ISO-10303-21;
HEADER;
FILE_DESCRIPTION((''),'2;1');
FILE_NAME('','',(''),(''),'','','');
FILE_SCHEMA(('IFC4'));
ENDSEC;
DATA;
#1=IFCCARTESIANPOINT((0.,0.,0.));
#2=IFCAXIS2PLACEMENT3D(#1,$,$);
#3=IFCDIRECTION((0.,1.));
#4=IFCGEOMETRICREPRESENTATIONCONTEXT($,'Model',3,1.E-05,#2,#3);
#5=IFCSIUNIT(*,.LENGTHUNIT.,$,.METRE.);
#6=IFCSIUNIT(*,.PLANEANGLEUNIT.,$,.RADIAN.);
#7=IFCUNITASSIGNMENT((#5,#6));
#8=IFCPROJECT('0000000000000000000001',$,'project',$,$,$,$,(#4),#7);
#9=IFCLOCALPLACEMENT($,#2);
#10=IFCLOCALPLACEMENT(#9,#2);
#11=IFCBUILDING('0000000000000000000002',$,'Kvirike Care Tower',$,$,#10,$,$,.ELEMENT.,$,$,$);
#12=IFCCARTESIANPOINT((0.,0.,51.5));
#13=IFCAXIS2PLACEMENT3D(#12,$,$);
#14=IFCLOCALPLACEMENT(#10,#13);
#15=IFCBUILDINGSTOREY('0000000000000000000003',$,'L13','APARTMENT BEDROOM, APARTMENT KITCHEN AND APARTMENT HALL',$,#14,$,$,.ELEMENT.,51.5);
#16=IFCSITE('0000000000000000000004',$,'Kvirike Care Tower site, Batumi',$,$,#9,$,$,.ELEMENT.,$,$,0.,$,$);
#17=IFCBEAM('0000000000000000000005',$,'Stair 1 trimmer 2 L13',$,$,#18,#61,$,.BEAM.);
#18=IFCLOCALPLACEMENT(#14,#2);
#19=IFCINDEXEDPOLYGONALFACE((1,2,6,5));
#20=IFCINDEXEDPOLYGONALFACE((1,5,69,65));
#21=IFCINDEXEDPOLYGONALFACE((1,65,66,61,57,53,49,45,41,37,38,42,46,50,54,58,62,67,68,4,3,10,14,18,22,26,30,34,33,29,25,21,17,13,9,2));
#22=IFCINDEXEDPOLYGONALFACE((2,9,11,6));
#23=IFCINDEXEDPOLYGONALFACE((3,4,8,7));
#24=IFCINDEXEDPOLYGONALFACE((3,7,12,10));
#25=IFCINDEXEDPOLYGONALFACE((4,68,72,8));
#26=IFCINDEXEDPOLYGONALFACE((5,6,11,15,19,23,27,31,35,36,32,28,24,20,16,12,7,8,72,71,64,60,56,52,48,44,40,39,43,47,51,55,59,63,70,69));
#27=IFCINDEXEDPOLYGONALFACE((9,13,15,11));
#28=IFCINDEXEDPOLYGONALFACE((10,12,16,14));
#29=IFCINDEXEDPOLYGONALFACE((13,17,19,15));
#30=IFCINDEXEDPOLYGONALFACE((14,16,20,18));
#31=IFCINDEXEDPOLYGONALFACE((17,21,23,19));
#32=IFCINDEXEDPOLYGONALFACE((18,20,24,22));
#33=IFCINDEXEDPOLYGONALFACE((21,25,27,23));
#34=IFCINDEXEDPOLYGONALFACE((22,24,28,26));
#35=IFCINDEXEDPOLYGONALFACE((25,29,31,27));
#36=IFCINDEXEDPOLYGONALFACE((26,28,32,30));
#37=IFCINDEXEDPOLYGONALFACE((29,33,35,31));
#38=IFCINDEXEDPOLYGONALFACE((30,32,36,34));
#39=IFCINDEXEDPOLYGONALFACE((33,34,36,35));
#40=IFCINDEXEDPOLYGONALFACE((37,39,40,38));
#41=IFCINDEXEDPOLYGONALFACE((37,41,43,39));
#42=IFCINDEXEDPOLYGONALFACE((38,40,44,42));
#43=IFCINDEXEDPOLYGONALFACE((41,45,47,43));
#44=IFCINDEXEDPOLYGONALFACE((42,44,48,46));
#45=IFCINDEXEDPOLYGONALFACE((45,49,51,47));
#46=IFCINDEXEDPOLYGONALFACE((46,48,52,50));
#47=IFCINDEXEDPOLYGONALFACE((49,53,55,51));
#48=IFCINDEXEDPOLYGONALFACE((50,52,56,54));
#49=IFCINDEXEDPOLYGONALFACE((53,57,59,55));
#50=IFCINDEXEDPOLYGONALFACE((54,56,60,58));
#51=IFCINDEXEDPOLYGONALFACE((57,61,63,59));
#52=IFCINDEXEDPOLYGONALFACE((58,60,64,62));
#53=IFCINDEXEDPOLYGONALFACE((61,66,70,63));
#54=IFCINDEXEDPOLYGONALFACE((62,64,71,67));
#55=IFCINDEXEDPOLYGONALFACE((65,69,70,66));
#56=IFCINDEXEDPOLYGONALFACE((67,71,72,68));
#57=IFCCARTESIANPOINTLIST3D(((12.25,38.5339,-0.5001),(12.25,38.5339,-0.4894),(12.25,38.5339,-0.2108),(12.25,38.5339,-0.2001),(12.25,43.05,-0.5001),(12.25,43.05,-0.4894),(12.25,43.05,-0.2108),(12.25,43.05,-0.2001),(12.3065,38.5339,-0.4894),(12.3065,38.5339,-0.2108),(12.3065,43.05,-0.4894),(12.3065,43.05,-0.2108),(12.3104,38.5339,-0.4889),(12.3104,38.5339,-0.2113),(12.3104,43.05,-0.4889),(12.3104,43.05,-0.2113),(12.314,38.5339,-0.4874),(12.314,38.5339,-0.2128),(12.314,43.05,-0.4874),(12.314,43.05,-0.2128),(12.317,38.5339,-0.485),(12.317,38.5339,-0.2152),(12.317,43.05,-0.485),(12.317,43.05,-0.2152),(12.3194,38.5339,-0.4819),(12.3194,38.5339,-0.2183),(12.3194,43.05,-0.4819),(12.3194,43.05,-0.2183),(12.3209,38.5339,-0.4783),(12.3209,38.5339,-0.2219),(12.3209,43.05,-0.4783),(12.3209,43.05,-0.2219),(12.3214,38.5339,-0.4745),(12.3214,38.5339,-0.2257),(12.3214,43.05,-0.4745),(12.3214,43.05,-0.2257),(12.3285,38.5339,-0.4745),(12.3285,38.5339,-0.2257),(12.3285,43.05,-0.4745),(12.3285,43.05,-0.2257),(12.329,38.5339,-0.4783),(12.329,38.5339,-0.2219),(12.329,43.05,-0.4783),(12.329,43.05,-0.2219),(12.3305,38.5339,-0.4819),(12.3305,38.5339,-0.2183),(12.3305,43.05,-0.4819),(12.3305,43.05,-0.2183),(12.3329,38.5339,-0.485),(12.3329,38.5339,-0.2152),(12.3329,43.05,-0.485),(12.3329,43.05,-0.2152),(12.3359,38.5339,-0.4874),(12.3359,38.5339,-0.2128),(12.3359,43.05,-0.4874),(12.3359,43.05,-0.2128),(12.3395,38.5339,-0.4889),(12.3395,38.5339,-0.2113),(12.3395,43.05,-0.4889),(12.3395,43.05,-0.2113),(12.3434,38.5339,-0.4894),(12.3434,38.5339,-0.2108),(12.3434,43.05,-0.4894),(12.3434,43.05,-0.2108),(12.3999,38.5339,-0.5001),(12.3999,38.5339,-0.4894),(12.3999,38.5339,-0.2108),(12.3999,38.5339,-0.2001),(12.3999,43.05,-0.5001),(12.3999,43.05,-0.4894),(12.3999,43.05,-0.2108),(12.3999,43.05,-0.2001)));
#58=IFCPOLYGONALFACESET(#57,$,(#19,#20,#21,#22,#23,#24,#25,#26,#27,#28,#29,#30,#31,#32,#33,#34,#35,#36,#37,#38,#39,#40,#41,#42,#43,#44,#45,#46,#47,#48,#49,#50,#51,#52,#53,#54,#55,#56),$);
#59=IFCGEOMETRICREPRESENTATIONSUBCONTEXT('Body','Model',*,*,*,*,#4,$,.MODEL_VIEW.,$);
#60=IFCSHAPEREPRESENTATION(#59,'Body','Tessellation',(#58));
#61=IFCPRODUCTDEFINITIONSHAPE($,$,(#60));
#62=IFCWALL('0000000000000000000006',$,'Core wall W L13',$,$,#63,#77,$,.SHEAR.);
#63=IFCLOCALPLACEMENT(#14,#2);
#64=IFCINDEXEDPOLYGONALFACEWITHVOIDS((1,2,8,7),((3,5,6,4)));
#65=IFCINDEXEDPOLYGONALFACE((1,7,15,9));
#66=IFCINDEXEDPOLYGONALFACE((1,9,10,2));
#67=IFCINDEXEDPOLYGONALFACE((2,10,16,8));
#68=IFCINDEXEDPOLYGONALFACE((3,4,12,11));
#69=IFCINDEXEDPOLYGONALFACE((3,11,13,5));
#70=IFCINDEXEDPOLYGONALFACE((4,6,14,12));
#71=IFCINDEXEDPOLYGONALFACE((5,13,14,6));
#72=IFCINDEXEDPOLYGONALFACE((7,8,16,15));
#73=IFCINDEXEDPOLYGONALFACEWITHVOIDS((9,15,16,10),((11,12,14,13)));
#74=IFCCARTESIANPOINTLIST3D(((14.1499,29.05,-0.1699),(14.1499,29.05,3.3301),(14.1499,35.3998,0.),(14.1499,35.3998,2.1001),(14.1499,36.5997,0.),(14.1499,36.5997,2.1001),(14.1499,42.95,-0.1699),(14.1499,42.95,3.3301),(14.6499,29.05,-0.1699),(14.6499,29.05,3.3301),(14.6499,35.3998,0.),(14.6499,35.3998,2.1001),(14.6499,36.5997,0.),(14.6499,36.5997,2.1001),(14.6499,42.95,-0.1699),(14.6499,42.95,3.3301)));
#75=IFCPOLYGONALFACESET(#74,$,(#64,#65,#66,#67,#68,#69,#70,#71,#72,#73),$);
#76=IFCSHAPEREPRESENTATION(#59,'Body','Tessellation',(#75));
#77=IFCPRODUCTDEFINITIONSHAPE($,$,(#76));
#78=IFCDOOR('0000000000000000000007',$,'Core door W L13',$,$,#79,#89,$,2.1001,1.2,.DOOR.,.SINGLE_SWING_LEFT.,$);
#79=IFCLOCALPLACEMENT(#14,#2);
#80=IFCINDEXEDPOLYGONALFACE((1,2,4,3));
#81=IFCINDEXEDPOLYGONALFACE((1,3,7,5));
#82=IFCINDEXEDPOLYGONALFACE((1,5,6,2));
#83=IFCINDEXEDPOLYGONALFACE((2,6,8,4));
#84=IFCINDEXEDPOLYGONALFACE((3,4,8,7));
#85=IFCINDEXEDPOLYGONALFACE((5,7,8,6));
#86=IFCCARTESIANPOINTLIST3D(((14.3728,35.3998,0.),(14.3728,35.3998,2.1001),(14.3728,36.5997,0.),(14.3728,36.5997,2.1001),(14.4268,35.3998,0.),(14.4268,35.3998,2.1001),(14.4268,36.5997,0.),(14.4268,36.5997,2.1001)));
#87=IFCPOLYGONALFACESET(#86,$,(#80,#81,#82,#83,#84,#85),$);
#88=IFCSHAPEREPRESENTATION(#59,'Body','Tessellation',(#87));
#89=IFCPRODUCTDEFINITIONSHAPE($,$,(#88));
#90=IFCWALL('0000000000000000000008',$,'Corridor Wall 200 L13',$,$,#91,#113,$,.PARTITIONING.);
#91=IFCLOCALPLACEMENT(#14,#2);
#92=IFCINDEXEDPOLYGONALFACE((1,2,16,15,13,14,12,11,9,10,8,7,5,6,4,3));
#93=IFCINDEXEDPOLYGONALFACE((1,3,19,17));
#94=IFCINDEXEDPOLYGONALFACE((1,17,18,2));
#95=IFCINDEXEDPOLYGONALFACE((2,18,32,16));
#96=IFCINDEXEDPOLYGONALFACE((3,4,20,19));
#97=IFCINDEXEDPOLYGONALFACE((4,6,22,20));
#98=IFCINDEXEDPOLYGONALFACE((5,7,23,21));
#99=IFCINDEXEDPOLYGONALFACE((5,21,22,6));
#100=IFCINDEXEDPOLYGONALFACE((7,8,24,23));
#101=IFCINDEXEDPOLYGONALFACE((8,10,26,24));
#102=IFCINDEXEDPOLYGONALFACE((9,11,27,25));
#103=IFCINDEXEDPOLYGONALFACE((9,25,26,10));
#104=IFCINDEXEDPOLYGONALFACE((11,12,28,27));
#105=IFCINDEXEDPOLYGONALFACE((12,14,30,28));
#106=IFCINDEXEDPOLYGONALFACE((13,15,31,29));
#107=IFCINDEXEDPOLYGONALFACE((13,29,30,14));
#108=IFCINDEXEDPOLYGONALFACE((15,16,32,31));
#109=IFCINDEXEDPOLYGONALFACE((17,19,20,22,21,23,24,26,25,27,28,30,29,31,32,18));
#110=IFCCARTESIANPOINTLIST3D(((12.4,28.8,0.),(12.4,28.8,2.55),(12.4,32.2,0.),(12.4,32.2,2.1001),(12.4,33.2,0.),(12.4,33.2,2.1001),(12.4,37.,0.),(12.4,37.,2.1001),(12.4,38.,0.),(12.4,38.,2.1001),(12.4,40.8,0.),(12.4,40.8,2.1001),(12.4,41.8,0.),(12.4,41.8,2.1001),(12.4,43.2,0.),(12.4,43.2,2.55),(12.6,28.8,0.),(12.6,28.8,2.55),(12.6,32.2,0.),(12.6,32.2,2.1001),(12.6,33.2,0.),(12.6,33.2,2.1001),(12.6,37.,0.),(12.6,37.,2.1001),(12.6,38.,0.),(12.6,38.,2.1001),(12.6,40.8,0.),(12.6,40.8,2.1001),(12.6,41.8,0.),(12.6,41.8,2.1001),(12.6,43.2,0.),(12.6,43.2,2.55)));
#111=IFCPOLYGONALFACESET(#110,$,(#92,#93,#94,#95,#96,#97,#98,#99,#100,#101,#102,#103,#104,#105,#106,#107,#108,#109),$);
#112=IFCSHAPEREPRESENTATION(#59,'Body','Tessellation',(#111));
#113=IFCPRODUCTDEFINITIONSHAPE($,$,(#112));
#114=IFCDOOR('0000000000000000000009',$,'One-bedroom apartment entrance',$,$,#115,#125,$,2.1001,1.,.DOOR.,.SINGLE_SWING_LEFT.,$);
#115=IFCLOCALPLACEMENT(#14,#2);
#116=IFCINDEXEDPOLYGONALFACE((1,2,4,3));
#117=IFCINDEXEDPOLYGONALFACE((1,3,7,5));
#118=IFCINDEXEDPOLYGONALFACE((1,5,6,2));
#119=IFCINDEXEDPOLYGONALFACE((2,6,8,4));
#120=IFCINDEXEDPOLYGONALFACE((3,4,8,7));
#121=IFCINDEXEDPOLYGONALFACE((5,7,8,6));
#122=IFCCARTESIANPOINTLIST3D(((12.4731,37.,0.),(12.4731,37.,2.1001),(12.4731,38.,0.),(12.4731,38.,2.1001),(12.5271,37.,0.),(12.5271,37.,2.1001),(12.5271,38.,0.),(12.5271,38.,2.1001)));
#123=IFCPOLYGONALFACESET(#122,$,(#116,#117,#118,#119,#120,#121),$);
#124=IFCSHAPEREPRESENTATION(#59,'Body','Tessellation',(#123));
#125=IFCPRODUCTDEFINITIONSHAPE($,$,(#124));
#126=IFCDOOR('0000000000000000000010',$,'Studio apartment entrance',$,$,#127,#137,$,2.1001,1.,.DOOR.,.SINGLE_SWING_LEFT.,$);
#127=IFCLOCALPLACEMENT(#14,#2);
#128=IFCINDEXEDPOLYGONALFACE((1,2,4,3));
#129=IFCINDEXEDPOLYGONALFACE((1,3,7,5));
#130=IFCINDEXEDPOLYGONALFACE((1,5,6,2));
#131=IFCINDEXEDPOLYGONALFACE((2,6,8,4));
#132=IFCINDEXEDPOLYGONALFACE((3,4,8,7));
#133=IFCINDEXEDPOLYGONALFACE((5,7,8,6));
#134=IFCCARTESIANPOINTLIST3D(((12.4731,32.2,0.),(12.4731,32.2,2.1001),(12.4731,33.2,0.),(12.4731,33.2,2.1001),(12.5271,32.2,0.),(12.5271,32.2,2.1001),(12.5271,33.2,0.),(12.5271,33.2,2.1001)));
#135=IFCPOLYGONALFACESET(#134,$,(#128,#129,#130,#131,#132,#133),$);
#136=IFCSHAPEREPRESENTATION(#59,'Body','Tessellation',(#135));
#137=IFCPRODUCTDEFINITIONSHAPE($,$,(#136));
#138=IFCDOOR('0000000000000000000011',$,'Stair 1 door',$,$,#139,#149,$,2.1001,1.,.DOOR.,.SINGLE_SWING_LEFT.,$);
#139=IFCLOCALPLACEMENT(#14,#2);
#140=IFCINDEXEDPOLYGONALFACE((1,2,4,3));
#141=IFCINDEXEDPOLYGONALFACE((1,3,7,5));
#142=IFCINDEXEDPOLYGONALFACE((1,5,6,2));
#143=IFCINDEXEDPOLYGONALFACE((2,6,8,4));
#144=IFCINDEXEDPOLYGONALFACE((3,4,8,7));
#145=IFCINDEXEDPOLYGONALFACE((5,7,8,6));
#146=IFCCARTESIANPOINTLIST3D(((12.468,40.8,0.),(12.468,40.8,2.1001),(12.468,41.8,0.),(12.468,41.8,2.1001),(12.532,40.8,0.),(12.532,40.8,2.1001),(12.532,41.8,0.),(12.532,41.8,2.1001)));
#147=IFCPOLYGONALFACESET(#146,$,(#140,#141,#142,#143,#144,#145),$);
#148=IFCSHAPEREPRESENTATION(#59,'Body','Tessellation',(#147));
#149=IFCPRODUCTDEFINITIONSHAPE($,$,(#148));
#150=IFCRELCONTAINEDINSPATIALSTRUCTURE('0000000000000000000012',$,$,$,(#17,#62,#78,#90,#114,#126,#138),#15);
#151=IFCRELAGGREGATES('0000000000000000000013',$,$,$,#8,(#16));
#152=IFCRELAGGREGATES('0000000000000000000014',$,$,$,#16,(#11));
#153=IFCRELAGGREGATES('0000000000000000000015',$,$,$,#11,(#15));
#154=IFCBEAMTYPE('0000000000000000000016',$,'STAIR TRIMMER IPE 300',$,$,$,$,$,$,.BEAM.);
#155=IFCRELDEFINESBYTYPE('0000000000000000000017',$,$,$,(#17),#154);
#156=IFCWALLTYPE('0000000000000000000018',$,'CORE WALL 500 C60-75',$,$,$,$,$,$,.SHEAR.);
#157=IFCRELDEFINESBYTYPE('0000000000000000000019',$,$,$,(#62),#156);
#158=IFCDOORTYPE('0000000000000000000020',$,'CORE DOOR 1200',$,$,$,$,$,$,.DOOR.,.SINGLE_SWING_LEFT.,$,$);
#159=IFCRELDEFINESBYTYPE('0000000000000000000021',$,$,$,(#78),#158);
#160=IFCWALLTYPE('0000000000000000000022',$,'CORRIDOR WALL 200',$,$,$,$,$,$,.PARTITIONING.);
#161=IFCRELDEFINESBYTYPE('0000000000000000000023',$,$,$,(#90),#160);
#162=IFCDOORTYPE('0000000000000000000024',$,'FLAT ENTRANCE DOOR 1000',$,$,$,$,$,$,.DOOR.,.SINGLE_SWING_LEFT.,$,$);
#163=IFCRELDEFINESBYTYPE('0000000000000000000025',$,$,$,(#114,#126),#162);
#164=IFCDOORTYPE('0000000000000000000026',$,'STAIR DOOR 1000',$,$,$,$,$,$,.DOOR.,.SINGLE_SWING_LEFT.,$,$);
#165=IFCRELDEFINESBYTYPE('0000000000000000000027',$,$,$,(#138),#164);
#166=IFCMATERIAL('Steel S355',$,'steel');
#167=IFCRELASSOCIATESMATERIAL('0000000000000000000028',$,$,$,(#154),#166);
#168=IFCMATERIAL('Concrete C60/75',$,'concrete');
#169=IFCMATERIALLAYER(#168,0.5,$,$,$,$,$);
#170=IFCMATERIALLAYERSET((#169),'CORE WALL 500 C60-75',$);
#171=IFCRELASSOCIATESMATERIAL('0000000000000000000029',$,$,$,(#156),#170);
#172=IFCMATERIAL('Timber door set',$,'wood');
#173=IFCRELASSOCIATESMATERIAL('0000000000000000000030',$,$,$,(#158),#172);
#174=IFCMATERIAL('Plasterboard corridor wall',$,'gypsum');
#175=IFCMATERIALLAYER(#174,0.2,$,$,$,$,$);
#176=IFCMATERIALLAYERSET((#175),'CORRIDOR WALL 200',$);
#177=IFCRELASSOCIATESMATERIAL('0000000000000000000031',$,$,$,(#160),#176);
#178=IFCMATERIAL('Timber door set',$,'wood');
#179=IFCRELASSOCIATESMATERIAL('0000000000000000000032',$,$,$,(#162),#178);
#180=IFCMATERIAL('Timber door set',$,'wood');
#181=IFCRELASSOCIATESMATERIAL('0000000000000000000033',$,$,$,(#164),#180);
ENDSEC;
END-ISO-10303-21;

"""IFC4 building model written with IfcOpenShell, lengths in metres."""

from ifc_helpers import new_model, si_unit, direction, frame, frame_2d, origin, origin_2d, place, context, subcontext, project, spatial, rectangle, i_section, extrude, material, layer, layer_set, material_profile, profile_set, type_object, element, fill, save


model = new_model("IFC4")

# Units and contexts
model_context = context("Model", 3, precision=1e-05, world=origin(), true_north=direction((0.0, 1.0)))
body_context = subcontext(model_context, "Body", "Model", "MODEL_VIEW")
ifc_project = project(units=[si_unit("LENGTHUNIT", "METRE"), si_unit("PLANEANGLEUNIT", "RADIAN")], contexts=[model_context])

# Site, building, storey
site_placement = place(None, origin())
site = spatial("IfcSite", under=ifc_project, at=site_placement, Name="Kvirike Care Tower site, Batumi", CompositionType="ELEMENT", RefElevation=0.0)
building_placement = place(site_placement, origin())
building = spatial("IfcBuilding", under=site, at=building_placement, Name="Kvirike Care Tower", CompositionType="ELEMENT")
storey_placement = place(building_placement, frame((0.0, 0.0, 51.5)))
storey = spatial("IfcBuildingStorey", under=building, at=storey_placement, Name="L13", Description="APARTMENT BEDROOM, APARTMENT KITCHEN AND APARTMENT HALL", CompositionType="ELEMENT", Elevation=51.5)

# Beam
ifc_material_1 = material(Name="Steel S355", Category="steel")
ifc_material_profile_1 = material_profile(ifc_material_1, i_section(OverallWidth=0.1499, OverallDepth=0.3, WebThickness=0.0071, FlangeThickness=0.0107, FilletRadius=0.0149, at=origin_2d()), Name="IPE 300")
ifc_profile_set_1 = profile_set([ifc_material_profile_1], Name="Steel S355")
beam_type_1 = type_object("IfcBeamType", Name="STAIR TRIMMER IPE 300", PredefinedType="BEAM", material=ifc_profile_set_1)
for number, where, z_axis, x_axis, name in (
    (1, (12.325, 43.05, -0.3501), (0.0, -1.0, 0.0), (1.0, 0.0, 0.0), "Stair 1 trimmer 2 L13"),
):
    element("IfcBeam", number, at=place(storey_placement, frame(where, z_axis=z_axis, x_axis=x_axis)), inside=storey, type_object=beam_type_1, Name=name, PredefinedType="BEAM", context=body_context, shape_type="SweptSolid", body=[
        extrude(i_section(OverallWidth=0.1499, OverallDepth=0.3, WebThickness=0.0071, FlangeThickness=0.0107, FilletRadius=0.0149, at=origin_2d()), origin(), (0.0, 0.0, 1.0), 4.5161),
    ])

# Wall, opening, door
ifc_material_2 = material(Name="Concrete C60/75", Category="concrete")
ifc_layer_1 = layer(ifc_material_2, 0.5)
ifc_layer_set_1 = layer_set([ifc_layer_1], Name="CORE WALL 500 C60-75")
wall_type_1 = type_object("IfcWallType", Name="CORE WALL 500 C60-75", PredefinedType="SHEAR", material=ifc_layer_set_1)
wall_1_placement = place(storey_placement, frame((14.3999, 42.95, -0.1699), z_axis=(0.0, 0.0, 1.0), x_axis=(0.0, -1.0, 0.0)))
wall_1 = element("IfcWall", 2, at=wall_1_placement, inside=storey, type_object=wall_type_1, Name="Core wall W L13", PredefinedType="SHEAR", context=body_context, shape_type="SweptSolid", body=[
    extrude(rectangle(XDim=13.8999, YDim=0.5, at=frame_2d((6.95, 0.0))), origin(), (0.0, 0.0, 1.0), 3.5),
])
opening_1_placement = place(wall_1_placement, frame((6.3501, 0.0, 0.1699)))
opening_1 = element("IfcOpeningElement", 3, at=opening_1_placement, cuts=wall_1, PredefinedType="OPENING", context=body_context, shape_type="SweptSolid", body=[
    extrude(rectangle(XDim=1.2, YDim=2.1001, at=frame_2d((0.6001, 1.05))), frame((0.0, 0.2605, 0.0), z_axis=(0.0, -1.0, 0.0), x_axis=(1.0, 0.0, 0.0)), (0.0, 0.0, 1.0), 0.521),
])
ifc_material_3 = material(Name="Timber door set", Category="wood")
door_type_1 = type_object("IfcDoorType", Name="CORE DOOR 1200", OperationType="SINGLE_SWING_LEFT", PredefinedType="DOOR", material=ifc_material_3)
door_1_placement = place(opening_1_placement, origin())
door_1 = element("IfcDoor", 4, at=door_1_placement, inside=storey, type_object=door_type_1, Name="Core door W L13", OperationType="SINGLE_SWING_LEFT", OverallHeight=2.1001, OverallWidth=1.2, PredefinedType="DOOR", context=body_context, shape_type="SweptSolid", body=[
    extrude(rectangle(XDim=1.2, YDim=2.1001, at=frame_2d((0.6001, 1.05))), frame((0.0, 0.0269, 0.0), z_axis=(0.0, -1.0, 0.0), x_axis=(1.0, 0.0, 0.0)), (0.0, 0.0, 1.0), 0.054),
])
fill(opening_1, door_1)

# Wall, openings, doors
ifc_material_4 = material(Name="Plasterboard corridor wall", Category="gypsum")
ifc_layer_2 = layer(ifc_material_4, 0.2)
ifc_layer_set_2 = layer_set([ifc_layer_2], Name="CORRIDOR WALL 200")
wall_type_2 = type_object("IfcWallType", Name="CORRIDOR WALL 200", PredefinedType="PARTITIONING", material=ifc_layer_set_2)
wall_2_placement = place(storey_placement, frame((12.5, 43.2, 0.0), z_axis=(0.0, 0.0, 1.0), x_axis=(0.0, -1.0, 0.0)))
wall_2 = element("IfcWall", 5, at=wall_2_placement, inside=storey, type_object=wall_type_2, Name="Corridor Wall 200 L13", PredefinedType="PARTITIONING", context=body_context, shape_type="SweptSolid", body=[
    extrude(rectangle(XDim=14.3999, YDim=0.2, at=frame_2d((7.2, 0.0))), origin(), (0.0, 0.0, 1.0), 2.55),
])
opening_2_placement = place(wall_2_placement, frame((1.3999, 0.0, 0.0)))
opening_2 = element("IfcOpeningElement", 6, at=opening_2_placement, cuts=wall_2, PredefinedType="OPENING", context=body_context, shape_type="SweptSolid", body=[
    extrude(rectangle(XDim=1.0, YDim=2.1001, at=frame_2d((0.5, 1.05))), frame((0.0, 0.1106, 0.0), z_axis=(0.0, -1.0, 0.0), x_axis=(1.0, 0.0, 0.0)), (0.0, 0.0, 1.0), 0.2209),
])
opening_3_placement = place(wall_2_placement, frame((5.2, 0.0, 0.0)))
opening_3 = element("IfcOpeningElement", 7, at=opening_3_placement, cuts=wall_2, PredefinedType="OPENING", context=body_context, shape_type="SweptSolid", body=[
    extrude(rectangle(XDim=1.0, YDim=2.1001, at=frame_2d((0.5, 1.05))), frame((0.0, 0.1106, 0.0), z_axis=(0.0, -1.0, 0.0), x_axis=(1.0, 0.0, 0.0)), (0.0, 0.0, 1.0), 0.2209),
])
opening_4_placement = place(wall_2_placement, frame((10.0, 0.0, 0.0)))
opening_4 = element("IfcOpeningElement", 8, at=opening_4_placement, cuts=wall_2, PredefinedType="OPENING", context=body_context, shape_type="SweptSolid", body=[
    extrude(rectangle(XDim=1.0, YDim=2.1001, at=frame_2d((0.5, 1.05))), frame((0.0, 0.1106, 0.0), z_axis=(0.0, -1.0, 0.0), x_axis=(1.0, 0.0, 0.0)), (0.0, 0.0, 1.0), 0.2209),
])
ifc_material_5 = material(Name="Timber door set", Category="wood")
door_type_2 = type_object("IfcDoorType", Name="FLAT ENTRANCE DOOR 1000", OperationType="SINGLE_SWING_LEFT", PredefinedType="DOOR", material=ifc_material_5)
door_2_placement = place(opening_3_placement, frame((1.0, 0.0, 0.0), z_axis=(0.0, 0.0, 1.0), x_axis=(-1.0, 0.0, 0.0)))
door_2 = element("IfcDoor", 9, at=door_2_placement, inside=storey, type_object=door_type_2, Name="One-bedroom apartment entrance", OperationType="SINGLE_SWING_LEFT", OverallHeight=2.1001, OverallWidth=1.0, PredefinedType="DOOR", context=body_context, shape_type="SweptSolid", body=[
    extrude(rectangle(XDim=1.0, YDim=2.1001, at=frame_2d((0.5, 1.05))), frame((0.0, 0.0269, 0.0), z_axis=(0.0, -1.0, 0.0), x_axis=(1.0, 0.0, 0.0)), (0.0, 0.0, 1.0), 0.054),
])
fill(opening_3, door_2)
door_3_placement = place(opening_4_placement, frame((1.0, 0.0, 0.0), z_axis=(0.0, 0.0, 1.0), x_axis=(-1.0, 0.0, 0.0)))
door_3 = element("IfcDoor", 10, at=door_3_placement, inside=storey, type_object=door_type_2, Name="Studio apartment entrance", OperationType="SINGLE_SWING_LEFT", OverallHeight=2.1001, OverallWidth=1.0, PredefinedType="DOOR", context=body_context, shape_type="SweptSolid", body=[
    extrude(rectangle(XDim=1.0, YDim=2.1001, at=frame_2d((0.5, 1.05))), frame((0.0, 0.0269, 0.0), z_axis=(0.0, -1.0, 0.0), x_axis=(1.0, 0.0, 0.0)), (0.0, 0.0, 1.0), 0.054),
])
fill(opening_4, door_3)
ifc_material_6 = material(Name="Timber door set", Category="wood")
door_type_3 = type_object("IfcDoorType", Name="STAIR DOOR 1000", OperationType="SINGLE_SWING_LEFT", PredefinedType="DOOR", material=ifc_material_6)
door_4_placement = place(opening_2_placement, frame((1.0, 0.0, 0.0), z_axis=(0.0, 0.0, 1.0), x_axis=(-1.0, 0.0, 0.0)))
door_4 = element("IfcDoor", 11, at=door_4_placement, inside=storey, type_object=door_type_3, Name="Stair 1 door", OperationType="SINGLE_SWING_LEFT", OverallHeight=2.1001, OverallWidth=1.0, PredefinedType="DOOR", context=body_context, shape_type="SweptSolid", body=[
    extrude(rectangle(XDim=1.0, YDim=2.1001, at=frame_2d((0.5, 1.05))), frame((0.0, 0.032, 0.0), z_axis=(0.0, -1.0, 0.0), x_axis=(1.0, 0.0, 0.0)), (0.0, 0.0, 1.0), 0.064),
])
fill(opening_2, door_4)

save(model, "model.ifc")
